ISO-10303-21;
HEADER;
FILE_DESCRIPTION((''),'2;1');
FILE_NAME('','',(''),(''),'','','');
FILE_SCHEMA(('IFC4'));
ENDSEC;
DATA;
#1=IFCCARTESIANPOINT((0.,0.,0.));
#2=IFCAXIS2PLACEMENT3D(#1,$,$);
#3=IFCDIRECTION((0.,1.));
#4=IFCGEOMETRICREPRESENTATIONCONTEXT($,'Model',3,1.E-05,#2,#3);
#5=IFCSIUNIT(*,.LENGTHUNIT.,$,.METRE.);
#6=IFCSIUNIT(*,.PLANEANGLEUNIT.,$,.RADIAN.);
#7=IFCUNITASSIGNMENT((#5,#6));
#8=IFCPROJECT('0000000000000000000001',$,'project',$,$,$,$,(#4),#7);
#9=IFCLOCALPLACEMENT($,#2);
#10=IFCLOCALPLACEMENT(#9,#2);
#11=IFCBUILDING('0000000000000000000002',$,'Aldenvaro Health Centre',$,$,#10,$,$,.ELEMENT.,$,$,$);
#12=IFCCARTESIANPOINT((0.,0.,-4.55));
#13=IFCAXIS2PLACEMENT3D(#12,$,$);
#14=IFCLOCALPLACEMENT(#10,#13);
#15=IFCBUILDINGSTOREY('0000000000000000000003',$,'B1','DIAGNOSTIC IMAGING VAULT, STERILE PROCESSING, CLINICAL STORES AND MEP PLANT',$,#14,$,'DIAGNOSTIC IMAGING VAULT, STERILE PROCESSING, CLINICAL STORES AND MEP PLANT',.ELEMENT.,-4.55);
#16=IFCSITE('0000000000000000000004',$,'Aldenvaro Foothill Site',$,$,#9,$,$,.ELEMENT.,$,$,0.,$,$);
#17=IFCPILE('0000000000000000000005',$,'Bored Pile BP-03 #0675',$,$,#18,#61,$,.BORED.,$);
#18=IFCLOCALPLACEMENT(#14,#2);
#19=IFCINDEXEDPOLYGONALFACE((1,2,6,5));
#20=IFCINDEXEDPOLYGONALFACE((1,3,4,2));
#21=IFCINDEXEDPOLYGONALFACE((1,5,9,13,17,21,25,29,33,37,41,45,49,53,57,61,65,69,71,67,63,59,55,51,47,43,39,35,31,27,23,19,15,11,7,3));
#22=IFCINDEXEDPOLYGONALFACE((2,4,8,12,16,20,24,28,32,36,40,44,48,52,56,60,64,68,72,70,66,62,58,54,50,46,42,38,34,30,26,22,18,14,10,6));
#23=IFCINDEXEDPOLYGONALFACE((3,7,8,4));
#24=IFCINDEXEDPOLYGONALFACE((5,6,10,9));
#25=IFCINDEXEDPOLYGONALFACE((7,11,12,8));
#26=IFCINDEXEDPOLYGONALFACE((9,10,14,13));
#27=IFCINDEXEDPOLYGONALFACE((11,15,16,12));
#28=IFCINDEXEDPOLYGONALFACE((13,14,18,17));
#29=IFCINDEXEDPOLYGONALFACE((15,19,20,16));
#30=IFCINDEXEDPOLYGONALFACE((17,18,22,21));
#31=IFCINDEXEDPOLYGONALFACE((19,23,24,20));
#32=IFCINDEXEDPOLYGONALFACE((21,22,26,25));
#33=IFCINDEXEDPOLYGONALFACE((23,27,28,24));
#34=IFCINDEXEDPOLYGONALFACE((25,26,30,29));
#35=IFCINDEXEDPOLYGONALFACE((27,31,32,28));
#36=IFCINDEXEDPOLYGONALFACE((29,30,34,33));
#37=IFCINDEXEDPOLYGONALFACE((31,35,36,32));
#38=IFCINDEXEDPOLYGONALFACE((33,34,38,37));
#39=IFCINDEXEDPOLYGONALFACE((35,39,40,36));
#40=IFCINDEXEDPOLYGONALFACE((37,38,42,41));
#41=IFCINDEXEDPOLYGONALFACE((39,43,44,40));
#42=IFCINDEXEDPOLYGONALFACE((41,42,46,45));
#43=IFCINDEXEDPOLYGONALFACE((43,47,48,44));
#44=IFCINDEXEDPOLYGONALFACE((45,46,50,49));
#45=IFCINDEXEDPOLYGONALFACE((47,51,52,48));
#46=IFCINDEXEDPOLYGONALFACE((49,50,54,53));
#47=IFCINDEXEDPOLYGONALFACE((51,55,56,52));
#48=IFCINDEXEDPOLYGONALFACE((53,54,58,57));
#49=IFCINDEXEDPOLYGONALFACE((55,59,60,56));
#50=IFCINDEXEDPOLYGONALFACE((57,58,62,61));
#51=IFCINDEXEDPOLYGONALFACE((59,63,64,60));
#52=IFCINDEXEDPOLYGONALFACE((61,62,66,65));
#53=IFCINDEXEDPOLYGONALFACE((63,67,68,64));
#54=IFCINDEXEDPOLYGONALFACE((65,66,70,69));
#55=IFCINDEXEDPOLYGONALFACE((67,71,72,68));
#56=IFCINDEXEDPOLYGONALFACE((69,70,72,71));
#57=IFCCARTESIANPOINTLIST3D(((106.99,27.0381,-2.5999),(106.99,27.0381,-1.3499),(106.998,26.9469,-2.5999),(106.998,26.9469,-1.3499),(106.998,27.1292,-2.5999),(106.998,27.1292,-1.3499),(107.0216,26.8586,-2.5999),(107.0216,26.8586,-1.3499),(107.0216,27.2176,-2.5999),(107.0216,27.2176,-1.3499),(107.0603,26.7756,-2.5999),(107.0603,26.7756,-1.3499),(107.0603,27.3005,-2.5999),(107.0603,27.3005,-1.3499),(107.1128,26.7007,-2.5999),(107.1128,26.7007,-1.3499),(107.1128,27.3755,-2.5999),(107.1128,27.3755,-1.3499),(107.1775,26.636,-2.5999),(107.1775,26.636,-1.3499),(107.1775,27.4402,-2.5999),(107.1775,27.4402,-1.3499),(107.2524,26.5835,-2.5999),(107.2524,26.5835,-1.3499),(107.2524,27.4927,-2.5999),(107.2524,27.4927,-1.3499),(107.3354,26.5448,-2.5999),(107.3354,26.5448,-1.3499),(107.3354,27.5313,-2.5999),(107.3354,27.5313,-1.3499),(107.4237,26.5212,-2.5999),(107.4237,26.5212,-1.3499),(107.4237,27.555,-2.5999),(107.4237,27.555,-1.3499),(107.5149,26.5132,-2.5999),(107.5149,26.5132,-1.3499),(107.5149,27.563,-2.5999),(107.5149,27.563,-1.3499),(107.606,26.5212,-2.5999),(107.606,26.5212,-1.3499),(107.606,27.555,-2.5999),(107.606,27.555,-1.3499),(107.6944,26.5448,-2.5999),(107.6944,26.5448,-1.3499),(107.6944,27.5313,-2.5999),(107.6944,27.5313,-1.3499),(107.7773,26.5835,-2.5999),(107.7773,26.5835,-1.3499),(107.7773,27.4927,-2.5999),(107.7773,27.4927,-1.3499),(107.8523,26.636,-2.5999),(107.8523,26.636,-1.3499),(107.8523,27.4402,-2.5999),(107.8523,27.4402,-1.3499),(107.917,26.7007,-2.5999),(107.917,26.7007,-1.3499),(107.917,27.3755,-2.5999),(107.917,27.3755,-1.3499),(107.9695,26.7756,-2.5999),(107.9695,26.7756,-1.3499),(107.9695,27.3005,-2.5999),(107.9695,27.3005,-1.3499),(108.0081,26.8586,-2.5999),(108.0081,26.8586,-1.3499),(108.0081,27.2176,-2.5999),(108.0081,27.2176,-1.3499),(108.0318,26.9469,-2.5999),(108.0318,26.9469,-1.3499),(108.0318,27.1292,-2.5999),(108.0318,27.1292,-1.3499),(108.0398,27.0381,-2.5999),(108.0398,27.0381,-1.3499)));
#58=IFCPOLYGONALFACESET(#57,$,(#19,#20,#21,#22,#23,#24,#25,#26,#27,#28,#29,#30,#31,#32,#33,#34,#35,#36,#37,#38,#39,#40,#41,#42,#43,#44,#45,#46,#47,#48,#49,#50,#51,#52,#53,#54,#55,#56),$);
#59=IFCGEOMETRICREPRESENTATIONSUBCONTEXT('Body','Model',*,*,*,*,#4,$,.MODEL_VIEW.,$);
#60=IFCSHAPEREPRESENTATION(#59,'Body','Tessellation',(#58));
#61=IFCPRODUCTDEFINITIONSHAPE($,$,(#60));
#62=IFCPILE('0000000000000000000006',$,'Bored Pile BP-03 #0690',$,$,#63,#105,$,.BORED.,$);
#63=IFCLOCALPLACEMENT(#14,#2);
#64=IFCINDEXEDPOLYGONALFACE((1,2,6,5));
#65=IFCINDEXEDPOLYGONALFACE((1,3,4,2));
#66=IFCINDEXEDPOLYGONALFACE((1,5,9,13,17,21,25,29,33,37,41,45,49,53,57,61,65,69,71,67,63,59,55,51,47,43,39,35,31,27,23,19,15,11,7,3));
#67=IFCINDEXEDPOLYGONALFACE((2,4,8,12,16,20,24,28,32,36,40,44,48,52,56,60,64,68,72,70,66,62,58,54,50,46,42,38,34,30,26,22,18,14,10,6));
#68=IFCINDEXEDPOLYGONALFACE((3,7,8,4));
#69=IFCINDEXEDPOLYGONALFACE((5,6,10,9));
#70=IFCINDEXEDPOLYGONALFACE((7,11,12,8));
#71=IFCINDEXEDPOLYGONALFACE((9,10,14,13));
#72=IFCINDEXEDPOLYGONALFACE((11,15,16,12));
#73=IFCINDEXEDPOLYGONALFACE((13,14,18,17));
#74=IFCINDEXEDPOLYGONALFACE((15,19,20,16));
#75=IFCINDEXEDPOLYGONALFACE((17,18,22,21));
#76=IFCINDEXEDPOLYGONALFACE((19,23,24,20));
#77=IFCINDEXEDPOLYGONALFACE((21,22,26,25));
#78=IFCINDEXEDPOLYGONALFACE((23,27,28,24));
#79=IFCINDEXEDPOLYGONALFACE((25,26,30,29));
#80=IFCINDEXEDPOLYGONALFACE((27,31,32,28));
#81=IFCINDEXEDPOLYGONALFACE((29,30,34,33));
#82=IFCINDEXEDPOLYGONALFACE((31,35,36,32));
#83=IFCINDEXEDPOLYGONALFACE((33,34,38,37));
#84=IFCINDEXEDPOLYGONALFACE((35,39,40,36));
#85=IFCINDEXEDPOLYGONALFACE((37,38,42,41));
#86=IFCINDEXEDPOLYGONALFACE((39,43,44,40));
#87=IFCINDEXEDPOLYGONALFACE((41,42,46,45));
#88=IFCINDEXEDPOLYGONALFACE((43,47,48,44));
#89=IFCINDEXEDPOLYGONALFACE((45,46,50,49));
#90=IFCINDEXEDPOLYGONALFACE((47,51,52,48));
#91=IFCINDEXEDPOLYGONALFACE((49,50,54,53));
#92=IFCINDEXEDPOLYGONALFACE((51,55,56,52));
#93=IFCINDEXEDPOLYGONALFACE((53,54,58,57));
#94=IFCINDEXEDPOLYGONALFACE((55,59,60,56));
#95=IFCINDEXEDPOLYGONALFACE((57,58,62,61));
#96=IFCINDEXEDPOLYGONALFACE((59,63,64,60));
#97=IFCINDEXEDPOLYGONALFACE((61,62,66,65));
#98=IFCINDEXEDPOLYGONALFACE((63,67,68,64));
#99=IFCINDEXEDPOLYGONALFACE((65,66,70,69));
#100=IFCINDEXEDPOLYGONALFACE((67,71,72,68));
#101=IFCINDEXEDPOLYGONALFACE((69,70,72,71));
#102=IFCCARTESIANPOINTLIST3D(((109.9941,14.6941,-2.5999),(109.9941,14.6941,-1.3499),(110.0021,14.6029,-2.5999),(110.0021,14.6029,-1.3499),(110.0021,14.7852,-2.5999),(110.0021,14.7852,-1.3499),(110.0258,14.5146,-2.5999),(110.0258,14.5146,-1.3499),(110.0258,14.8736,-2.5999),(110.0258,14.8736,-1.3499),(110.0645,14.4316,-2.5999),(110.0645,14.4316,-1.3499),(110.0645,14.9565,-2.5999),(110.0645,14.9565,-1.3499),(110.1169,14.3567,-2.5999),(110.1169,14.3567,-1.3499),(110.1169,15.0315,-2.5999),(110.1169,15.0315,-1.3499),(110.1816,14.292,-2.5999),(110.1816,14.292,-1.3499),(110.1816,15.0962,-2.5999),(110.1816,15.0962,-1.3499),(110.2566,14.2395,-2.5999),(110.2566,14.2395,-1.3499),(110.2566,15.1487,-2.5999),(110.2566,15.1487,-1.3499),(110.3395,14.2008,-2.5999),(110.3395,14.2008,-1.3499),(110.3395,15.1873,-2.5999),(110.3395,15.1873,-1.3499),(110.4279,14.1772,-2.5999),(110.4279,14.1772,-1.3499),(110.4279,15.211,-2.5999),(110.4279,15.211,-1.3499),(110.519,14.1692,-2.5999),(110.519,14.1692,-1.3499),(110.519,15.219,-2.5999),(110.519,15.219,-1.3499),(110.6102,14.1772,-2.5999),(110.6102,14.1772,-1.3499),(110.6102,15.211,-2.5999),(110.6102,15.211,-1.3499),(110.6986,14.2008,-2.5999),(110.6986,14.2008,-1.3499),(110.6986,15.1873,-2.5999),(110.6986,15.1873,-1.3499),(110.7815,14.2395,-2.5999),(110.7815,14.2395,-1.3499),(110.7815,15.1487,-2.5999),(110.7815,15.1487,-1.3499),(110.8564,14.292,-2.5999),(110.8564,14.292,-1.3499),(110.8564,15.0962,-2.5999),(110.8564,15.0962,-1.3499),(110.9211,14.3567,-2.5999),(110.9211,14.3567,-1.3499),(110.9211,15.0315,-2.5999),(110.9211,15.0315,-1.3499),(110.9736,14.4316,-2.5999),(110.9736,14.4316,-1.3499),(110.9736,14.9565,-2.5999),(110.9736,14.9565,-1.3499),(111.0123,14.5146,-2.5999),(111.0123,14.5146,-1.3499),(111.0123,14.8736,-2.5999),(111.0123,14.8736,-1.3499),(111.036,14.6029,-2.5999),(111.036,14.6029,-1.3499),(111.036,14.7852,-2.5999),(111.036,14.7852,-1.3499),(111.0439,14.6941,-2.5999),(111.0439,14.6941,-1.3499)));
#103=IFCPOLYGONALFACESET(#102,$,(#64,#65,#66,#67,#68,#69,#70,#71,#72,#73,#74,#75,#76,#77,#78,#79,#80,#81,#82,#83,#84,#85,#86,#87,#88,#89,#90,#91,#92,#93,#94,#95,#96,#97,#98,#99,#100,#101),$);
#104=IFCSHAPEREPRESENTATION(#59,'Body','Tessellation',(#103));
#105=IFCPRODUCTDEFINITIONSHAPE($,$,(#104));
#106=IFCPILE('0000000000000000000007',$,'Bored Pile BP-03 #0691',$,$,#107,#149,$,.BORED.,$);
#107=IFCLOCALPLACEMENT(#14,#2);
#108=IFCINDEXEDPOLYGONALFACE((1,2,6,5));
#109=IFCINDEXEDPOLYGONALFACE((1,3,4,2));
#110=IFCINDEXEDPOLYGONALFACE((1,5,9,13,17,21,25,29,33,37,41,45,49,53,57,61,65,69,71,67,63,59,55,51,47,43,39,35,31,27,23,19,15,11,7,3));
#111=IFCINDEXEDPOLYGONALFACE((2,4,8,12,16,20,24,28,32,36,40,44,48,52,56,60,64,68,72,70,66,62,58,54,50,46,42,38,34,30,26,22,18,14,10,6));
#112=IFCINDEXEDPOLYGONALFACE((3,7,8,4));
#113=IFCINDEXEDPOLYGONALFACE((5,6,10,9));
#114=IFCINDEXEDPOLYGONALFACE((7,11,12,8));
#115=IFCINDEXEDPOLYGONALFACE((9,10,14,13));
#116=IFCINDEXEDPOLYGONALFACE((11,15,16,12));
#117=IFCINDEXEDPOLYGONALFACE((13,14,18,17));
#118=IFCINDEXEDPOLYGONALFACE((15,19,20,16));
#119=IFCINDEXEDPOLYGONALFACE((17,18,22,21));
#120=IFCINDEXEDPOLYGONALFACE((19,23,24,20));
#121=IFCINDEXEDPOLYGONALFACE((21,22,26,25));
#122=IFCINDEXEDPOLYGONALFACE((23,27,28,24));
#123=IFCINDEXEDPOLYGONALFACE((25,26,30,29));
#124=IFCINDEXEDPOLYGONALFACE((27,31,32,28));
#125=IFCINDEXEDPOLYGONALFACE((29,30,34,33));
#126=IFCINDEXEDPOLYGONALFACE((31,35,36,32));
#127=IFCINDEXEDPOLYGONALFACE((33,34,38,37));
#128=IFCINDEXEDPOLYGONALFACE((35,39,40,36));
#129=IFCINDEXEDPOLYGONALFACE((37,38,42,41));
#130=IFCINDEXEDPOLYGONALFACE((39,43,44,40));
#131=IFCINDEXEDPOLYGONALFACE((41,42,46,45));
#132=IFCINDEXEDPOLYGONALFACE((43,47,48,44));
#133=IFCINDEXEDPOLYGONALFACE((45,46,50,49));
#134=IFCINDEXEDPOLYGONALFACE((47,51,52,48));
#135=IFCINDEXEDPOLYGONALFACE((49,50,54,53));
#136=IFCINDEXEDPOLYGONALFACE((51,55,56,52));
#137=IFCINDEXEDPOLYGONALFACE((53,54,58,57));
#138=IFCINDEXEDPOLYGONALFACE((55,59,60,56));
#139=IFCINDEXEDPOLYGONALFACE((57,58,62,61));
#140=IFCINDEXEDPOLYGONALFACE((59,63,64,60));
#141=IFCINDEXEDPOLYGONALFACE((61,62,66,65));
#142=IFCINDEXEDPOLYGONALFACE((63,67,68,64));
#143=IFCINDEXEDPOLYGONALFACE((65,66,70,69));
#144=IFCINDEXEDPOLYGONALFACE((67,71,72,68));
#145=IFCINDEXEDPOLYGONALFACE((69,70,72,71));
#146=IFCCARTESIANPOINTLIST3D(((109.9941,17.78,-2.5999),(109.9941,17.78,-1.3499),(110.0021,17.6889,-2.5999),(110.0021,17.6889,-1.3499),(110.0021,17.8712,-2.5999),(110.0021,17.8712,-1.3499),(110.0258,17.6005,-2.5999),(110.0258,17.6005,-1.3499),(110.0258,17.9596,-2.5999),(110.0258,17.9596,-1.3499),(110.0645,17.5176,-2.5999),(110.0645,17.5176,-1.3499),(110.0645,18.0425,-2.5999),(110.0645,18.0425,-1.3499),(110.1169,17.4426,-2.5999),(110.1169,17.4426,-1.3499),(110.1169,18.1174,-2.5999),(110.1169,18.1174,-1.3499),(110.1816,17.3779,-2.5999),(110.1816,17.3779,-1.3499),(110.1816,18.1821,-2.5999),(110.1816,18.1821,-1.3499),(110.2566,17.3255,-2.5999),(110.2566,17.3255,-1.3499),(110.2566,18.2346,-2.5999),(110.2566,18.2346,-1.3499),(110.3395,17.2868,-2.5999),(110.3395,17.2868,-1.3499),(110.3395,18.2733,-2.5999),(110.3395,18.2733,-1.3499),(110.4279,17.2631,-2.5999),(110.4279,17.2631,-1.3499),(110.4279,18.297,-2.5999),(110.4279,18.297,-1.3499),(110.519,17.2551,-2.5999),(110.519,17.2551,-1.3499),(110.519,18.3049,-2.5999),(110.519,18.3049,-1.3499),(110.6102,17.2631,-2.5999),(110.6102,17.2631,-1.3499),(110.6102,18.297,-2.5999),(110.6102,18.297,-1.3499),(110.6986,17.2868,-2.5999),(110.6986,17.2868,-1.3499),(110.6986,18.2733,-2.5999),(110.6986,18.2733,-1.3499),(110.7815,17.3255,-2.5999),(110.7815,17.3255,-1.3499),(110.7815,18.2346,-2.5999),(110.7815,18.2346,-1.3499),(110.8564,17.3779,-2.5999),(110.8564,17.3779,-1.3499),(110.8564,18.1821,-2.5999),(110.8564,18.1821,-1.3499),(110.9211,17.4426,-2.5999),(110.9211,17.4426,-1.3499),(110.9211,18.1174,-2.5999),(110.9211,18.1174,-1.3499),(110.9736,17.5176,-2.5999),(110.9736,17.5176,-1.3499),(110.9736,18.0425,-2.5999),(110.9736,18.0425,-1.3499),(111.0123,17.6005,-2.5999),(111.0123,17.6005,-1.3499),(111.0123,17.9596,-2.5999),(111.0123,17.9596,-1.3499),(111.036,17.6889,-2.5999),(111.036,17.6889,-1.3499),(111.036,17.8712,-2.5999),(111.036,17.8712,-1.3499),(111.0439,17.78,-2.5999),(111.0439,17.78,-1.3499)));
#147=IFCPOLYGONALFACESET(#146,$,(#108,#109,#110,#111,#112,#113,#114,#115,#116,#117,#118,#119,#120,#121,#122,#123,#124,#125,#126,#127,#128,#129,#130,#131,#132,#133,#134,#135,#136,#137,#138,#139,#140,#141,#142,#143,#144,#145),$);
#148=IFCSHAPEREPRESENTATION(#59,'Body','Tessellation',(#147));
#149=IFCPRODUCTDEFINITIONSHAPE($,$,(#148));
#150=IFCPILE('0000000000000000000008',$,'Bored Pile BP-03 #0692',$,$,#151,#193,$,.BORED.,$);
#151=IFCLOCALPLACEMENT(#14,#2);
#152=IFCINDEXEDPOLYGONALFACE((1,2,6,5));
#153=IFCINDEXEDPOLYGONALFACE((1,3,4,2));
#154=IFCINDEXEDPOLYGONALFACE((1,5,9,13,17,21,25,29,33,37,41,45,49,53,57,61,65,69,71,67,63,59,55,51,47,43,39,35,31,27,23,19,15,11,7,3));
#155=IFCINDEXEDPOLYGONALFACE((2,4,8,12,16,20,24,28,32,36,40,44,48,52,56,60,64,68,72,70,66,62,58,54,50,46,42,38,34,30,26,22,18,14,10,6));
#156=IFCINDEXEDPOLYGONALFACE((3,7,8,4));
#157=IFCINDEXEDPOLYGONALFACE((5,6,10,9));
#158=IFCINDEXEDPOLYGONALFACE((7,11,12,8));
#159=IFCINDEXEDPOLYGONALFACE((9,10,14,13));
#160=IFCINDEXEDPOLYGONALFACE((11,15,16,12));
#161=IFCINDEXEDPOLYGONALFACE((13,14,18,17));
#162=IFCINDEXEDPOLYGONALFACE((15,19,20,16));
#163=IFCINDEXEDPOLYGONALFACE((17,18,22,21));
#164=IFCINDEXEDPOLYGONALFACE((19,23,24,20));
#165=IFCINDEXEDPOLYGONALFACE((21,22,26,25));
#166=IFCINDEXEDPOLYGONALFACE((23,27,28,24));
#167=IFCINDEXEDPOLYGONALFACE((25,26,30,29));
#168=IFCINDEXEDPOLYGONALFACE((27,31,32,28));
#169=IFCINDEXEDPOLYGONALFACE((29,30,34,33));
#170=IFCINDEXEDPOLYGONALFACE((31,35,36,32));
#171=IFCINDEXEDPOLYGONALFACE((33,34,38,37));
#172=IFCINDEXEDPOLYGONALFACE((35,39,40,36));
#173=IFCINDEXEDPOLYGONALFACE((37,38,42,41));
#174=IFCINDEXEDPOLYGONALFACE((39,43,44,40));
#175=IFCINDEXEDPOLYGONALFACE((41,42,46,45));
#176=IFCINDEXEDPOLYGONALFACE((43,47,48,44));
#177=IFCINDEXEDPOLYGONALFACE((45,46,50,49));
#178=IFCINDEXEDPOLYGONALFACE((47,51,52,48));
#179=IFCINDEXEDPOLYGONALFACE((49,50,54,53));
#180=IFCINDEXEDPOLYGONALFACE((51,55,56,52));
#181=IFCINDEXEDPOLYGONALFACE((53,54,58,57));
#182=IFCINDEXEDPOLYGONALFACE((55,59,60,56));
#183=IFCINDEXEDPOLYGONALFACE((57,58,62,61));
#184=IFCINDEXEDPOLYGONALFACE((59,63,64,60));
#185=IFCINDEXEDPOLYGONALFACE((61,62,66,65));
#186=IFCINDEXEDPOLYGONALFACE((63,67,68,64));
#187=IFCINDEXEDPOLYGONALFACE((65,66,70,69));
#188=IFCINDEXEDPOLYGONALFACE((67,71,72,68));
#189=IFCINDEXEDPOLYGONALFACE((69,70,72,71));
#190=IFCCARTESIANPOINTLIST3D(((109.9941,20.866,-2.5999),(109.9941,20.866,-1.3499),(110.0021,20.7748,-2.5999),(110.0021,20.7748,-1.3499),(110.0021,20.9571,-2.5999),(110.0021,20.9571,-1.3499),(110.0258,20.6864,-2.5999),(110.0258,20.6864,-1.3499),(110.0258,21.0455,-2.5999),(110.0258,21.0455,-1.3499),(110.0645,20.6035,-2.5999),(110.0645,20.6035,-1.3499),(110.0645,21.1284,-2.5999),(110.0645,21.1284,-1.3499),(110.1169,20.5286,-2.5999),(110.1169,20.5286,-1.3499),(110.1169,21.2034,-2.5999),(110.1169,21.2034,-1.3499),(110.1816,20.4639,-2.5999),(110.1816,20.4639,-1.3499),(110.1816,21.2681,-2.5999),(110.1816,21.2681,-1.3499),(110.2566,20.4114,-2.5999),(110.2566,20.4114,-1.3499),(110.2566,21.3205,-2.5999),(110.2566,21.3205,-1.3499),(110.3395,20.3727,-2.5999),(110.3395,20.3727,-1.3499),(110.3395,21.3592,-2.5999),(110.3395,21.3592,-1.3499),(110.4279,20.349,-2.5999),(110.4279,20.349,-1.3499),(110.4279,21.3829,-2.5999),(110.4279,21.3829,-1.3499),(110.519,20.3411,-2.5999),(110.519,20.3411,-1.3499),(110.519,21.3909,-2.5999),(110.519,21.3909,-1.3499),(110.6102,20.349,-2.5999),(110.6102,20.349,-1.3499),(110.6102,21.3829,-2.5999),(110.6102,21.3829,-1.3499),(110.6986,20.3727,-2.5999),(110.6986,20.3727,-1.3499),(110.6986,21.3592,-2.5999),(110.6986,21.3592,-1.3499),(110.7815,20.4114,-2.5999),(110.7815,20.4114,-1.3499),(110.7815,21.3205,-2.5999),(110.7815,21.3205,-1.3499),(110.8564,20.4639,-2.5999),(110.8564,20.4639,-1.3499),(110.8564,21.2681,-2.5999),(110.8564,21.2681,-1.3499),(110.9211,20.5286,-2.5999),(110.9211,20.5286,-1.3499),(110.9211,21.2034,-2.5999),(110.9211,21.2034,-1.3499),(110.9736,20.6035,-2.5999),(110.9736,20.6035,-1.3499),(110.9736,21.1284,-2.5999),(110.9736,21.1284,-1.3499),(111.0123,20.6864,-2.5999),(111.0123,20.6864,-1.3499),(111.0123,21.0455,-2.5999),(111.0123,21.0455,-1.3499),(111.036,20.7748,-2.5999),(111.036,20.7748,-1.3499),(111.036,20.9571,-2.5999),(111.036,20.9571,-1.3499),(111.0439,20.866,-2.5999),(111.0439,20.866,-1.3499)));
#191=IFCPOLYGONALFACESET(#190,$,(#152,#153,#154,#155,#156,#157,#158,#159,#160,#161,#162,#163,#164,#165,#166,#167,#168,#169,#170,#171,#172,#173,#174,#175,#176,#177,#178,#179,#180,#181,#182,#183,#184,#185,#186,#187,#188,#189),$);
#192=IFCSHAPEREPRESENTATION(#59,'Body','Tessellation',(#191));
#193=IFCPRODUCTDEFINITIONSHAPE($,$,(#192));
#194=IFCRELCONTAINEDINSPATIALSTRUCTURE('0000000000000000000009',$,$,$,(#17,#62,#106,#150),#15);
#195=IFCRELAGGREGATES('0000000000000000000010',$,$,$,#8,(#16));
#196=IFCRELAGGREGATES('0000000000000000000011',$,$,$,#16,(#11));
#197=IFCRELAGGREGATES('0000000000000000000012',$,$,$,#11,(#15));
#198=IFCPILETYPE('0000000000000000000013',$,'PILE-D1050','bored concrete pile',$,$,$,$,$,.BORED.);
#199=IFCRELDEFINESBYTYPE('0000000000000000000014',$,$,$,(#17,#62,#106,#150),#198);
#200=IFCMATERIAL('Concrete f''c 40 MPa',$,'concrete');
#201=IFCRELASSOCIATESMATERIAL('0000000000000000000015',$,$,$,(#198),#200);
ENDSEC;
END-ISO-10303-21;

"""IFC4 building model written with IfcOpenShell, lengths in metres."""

from ifc_helpers import new_model, si_unit, direction, frame, origin, origin_2d, place, context, subcontext, project, spatial, circle, extrude, material, material_profile, profile_set, type_object, element, save


model = new_model("IFC4")

# Units and contexts
model_context = context("Model", 3, precision=1e-05, world=origin(), true_north=direction((0.0, 1.0)))
body_context = subcontext(model_context, "Body", "Model", "MODEL_VIEW")
ifc_project = project(units=[si_unit("LENGTHUNIT", "METRE"), si_unit("PLANEANGLEUNIT", "RADIAN")], contexts=[model_context])

# Site, building, storey
site_placement = place(None, origin())
site = spatial("IfcSite", under=ifc_project, at=site_placement, Name="Aldenvaro Foothill Site", CompositionType="ELEMENT", RefElevation=0.0)
building_placement = place(site_placement, origin())
building = spatial("IfcBuilding", under=site, at=building_placement, Name="Aldenvaro Health Centre", CompositionType="ELEMENT")
storey_placement = place(building_placement, frame((0.0, 0.0, -4.55)))
storey = spatial("IfcBuildingStorey", under=building, at=storey_placement, Name="B1", Description="DIAGNOSTIC IMAGING VAULT, STERILE PROCESSING, CLINICAL STORES AND MEP PLANT", LongName="DIAGNOSTIC IMAGING VAULT, STERILE PROCESSING, CLINICAL STORES AND MEP PLANT", CompositionType="ELEMENT", Elevation=-4.55)

# Piles
ifc_material_1 = material(Name="Concrete f'c 40 MPa", Category="concrete")
ifc_material_profile_1 = material_profile(ifc_material_1, circle(Radius=0.5249, at=origin_2d()), Name="PILE D1050", Category="concrete")
ifc_profile_set_1 = profile_set([ifc_material_profile_1], Name="Concrete f'c 40 MPa")
pile_type = type_object("IfcPileType", Name="PILE-D1050", Description="bored concrete pile", PredefinedType="BORED", material=ifc_profile_set_1)
for number, where, z_axis, x_axis, name in (
    (1, (107.5149, 27.0381, -1.3499), (0.0, 0.0, -1.0), (1.0, 0.0, 0.0), "Bored Pile BP-03 #0675"),
    (2, (110.519, 14.6941, -1.3499), (0.0, 0.0, -1.0), (1.0, 0.0, 0.0), "Bored Pile BP-03 #0690"),
    (3, (110.519, 17.78, -1.3499), (0.0, 0.0, -1.0), (1.0, 0.0, 0.0), "Bored Pile BP-03 #0691"),
    (4, (110.519, 20.866, -1.3499), (0.0, 0.0, -1.0), (1.0, 0.0, 0.0), "Bored Pile BP-03 #0692"),
):
    element("IfcPile", number, at=place(storey_placement, frame(where, z_axis=z_axis, x_axis=x_axis)), inside=storey, type_object=pile_type, Name=name, PredefinedType="BORED", context=body_context, shape_type="SweptSolid", body=[
        extrude(circle(Radius=0.5249, at=origin_2d()), origin(), (0.0, 0.0, 1.0), 1.25),
    ])

save(model, "model.ifc")
